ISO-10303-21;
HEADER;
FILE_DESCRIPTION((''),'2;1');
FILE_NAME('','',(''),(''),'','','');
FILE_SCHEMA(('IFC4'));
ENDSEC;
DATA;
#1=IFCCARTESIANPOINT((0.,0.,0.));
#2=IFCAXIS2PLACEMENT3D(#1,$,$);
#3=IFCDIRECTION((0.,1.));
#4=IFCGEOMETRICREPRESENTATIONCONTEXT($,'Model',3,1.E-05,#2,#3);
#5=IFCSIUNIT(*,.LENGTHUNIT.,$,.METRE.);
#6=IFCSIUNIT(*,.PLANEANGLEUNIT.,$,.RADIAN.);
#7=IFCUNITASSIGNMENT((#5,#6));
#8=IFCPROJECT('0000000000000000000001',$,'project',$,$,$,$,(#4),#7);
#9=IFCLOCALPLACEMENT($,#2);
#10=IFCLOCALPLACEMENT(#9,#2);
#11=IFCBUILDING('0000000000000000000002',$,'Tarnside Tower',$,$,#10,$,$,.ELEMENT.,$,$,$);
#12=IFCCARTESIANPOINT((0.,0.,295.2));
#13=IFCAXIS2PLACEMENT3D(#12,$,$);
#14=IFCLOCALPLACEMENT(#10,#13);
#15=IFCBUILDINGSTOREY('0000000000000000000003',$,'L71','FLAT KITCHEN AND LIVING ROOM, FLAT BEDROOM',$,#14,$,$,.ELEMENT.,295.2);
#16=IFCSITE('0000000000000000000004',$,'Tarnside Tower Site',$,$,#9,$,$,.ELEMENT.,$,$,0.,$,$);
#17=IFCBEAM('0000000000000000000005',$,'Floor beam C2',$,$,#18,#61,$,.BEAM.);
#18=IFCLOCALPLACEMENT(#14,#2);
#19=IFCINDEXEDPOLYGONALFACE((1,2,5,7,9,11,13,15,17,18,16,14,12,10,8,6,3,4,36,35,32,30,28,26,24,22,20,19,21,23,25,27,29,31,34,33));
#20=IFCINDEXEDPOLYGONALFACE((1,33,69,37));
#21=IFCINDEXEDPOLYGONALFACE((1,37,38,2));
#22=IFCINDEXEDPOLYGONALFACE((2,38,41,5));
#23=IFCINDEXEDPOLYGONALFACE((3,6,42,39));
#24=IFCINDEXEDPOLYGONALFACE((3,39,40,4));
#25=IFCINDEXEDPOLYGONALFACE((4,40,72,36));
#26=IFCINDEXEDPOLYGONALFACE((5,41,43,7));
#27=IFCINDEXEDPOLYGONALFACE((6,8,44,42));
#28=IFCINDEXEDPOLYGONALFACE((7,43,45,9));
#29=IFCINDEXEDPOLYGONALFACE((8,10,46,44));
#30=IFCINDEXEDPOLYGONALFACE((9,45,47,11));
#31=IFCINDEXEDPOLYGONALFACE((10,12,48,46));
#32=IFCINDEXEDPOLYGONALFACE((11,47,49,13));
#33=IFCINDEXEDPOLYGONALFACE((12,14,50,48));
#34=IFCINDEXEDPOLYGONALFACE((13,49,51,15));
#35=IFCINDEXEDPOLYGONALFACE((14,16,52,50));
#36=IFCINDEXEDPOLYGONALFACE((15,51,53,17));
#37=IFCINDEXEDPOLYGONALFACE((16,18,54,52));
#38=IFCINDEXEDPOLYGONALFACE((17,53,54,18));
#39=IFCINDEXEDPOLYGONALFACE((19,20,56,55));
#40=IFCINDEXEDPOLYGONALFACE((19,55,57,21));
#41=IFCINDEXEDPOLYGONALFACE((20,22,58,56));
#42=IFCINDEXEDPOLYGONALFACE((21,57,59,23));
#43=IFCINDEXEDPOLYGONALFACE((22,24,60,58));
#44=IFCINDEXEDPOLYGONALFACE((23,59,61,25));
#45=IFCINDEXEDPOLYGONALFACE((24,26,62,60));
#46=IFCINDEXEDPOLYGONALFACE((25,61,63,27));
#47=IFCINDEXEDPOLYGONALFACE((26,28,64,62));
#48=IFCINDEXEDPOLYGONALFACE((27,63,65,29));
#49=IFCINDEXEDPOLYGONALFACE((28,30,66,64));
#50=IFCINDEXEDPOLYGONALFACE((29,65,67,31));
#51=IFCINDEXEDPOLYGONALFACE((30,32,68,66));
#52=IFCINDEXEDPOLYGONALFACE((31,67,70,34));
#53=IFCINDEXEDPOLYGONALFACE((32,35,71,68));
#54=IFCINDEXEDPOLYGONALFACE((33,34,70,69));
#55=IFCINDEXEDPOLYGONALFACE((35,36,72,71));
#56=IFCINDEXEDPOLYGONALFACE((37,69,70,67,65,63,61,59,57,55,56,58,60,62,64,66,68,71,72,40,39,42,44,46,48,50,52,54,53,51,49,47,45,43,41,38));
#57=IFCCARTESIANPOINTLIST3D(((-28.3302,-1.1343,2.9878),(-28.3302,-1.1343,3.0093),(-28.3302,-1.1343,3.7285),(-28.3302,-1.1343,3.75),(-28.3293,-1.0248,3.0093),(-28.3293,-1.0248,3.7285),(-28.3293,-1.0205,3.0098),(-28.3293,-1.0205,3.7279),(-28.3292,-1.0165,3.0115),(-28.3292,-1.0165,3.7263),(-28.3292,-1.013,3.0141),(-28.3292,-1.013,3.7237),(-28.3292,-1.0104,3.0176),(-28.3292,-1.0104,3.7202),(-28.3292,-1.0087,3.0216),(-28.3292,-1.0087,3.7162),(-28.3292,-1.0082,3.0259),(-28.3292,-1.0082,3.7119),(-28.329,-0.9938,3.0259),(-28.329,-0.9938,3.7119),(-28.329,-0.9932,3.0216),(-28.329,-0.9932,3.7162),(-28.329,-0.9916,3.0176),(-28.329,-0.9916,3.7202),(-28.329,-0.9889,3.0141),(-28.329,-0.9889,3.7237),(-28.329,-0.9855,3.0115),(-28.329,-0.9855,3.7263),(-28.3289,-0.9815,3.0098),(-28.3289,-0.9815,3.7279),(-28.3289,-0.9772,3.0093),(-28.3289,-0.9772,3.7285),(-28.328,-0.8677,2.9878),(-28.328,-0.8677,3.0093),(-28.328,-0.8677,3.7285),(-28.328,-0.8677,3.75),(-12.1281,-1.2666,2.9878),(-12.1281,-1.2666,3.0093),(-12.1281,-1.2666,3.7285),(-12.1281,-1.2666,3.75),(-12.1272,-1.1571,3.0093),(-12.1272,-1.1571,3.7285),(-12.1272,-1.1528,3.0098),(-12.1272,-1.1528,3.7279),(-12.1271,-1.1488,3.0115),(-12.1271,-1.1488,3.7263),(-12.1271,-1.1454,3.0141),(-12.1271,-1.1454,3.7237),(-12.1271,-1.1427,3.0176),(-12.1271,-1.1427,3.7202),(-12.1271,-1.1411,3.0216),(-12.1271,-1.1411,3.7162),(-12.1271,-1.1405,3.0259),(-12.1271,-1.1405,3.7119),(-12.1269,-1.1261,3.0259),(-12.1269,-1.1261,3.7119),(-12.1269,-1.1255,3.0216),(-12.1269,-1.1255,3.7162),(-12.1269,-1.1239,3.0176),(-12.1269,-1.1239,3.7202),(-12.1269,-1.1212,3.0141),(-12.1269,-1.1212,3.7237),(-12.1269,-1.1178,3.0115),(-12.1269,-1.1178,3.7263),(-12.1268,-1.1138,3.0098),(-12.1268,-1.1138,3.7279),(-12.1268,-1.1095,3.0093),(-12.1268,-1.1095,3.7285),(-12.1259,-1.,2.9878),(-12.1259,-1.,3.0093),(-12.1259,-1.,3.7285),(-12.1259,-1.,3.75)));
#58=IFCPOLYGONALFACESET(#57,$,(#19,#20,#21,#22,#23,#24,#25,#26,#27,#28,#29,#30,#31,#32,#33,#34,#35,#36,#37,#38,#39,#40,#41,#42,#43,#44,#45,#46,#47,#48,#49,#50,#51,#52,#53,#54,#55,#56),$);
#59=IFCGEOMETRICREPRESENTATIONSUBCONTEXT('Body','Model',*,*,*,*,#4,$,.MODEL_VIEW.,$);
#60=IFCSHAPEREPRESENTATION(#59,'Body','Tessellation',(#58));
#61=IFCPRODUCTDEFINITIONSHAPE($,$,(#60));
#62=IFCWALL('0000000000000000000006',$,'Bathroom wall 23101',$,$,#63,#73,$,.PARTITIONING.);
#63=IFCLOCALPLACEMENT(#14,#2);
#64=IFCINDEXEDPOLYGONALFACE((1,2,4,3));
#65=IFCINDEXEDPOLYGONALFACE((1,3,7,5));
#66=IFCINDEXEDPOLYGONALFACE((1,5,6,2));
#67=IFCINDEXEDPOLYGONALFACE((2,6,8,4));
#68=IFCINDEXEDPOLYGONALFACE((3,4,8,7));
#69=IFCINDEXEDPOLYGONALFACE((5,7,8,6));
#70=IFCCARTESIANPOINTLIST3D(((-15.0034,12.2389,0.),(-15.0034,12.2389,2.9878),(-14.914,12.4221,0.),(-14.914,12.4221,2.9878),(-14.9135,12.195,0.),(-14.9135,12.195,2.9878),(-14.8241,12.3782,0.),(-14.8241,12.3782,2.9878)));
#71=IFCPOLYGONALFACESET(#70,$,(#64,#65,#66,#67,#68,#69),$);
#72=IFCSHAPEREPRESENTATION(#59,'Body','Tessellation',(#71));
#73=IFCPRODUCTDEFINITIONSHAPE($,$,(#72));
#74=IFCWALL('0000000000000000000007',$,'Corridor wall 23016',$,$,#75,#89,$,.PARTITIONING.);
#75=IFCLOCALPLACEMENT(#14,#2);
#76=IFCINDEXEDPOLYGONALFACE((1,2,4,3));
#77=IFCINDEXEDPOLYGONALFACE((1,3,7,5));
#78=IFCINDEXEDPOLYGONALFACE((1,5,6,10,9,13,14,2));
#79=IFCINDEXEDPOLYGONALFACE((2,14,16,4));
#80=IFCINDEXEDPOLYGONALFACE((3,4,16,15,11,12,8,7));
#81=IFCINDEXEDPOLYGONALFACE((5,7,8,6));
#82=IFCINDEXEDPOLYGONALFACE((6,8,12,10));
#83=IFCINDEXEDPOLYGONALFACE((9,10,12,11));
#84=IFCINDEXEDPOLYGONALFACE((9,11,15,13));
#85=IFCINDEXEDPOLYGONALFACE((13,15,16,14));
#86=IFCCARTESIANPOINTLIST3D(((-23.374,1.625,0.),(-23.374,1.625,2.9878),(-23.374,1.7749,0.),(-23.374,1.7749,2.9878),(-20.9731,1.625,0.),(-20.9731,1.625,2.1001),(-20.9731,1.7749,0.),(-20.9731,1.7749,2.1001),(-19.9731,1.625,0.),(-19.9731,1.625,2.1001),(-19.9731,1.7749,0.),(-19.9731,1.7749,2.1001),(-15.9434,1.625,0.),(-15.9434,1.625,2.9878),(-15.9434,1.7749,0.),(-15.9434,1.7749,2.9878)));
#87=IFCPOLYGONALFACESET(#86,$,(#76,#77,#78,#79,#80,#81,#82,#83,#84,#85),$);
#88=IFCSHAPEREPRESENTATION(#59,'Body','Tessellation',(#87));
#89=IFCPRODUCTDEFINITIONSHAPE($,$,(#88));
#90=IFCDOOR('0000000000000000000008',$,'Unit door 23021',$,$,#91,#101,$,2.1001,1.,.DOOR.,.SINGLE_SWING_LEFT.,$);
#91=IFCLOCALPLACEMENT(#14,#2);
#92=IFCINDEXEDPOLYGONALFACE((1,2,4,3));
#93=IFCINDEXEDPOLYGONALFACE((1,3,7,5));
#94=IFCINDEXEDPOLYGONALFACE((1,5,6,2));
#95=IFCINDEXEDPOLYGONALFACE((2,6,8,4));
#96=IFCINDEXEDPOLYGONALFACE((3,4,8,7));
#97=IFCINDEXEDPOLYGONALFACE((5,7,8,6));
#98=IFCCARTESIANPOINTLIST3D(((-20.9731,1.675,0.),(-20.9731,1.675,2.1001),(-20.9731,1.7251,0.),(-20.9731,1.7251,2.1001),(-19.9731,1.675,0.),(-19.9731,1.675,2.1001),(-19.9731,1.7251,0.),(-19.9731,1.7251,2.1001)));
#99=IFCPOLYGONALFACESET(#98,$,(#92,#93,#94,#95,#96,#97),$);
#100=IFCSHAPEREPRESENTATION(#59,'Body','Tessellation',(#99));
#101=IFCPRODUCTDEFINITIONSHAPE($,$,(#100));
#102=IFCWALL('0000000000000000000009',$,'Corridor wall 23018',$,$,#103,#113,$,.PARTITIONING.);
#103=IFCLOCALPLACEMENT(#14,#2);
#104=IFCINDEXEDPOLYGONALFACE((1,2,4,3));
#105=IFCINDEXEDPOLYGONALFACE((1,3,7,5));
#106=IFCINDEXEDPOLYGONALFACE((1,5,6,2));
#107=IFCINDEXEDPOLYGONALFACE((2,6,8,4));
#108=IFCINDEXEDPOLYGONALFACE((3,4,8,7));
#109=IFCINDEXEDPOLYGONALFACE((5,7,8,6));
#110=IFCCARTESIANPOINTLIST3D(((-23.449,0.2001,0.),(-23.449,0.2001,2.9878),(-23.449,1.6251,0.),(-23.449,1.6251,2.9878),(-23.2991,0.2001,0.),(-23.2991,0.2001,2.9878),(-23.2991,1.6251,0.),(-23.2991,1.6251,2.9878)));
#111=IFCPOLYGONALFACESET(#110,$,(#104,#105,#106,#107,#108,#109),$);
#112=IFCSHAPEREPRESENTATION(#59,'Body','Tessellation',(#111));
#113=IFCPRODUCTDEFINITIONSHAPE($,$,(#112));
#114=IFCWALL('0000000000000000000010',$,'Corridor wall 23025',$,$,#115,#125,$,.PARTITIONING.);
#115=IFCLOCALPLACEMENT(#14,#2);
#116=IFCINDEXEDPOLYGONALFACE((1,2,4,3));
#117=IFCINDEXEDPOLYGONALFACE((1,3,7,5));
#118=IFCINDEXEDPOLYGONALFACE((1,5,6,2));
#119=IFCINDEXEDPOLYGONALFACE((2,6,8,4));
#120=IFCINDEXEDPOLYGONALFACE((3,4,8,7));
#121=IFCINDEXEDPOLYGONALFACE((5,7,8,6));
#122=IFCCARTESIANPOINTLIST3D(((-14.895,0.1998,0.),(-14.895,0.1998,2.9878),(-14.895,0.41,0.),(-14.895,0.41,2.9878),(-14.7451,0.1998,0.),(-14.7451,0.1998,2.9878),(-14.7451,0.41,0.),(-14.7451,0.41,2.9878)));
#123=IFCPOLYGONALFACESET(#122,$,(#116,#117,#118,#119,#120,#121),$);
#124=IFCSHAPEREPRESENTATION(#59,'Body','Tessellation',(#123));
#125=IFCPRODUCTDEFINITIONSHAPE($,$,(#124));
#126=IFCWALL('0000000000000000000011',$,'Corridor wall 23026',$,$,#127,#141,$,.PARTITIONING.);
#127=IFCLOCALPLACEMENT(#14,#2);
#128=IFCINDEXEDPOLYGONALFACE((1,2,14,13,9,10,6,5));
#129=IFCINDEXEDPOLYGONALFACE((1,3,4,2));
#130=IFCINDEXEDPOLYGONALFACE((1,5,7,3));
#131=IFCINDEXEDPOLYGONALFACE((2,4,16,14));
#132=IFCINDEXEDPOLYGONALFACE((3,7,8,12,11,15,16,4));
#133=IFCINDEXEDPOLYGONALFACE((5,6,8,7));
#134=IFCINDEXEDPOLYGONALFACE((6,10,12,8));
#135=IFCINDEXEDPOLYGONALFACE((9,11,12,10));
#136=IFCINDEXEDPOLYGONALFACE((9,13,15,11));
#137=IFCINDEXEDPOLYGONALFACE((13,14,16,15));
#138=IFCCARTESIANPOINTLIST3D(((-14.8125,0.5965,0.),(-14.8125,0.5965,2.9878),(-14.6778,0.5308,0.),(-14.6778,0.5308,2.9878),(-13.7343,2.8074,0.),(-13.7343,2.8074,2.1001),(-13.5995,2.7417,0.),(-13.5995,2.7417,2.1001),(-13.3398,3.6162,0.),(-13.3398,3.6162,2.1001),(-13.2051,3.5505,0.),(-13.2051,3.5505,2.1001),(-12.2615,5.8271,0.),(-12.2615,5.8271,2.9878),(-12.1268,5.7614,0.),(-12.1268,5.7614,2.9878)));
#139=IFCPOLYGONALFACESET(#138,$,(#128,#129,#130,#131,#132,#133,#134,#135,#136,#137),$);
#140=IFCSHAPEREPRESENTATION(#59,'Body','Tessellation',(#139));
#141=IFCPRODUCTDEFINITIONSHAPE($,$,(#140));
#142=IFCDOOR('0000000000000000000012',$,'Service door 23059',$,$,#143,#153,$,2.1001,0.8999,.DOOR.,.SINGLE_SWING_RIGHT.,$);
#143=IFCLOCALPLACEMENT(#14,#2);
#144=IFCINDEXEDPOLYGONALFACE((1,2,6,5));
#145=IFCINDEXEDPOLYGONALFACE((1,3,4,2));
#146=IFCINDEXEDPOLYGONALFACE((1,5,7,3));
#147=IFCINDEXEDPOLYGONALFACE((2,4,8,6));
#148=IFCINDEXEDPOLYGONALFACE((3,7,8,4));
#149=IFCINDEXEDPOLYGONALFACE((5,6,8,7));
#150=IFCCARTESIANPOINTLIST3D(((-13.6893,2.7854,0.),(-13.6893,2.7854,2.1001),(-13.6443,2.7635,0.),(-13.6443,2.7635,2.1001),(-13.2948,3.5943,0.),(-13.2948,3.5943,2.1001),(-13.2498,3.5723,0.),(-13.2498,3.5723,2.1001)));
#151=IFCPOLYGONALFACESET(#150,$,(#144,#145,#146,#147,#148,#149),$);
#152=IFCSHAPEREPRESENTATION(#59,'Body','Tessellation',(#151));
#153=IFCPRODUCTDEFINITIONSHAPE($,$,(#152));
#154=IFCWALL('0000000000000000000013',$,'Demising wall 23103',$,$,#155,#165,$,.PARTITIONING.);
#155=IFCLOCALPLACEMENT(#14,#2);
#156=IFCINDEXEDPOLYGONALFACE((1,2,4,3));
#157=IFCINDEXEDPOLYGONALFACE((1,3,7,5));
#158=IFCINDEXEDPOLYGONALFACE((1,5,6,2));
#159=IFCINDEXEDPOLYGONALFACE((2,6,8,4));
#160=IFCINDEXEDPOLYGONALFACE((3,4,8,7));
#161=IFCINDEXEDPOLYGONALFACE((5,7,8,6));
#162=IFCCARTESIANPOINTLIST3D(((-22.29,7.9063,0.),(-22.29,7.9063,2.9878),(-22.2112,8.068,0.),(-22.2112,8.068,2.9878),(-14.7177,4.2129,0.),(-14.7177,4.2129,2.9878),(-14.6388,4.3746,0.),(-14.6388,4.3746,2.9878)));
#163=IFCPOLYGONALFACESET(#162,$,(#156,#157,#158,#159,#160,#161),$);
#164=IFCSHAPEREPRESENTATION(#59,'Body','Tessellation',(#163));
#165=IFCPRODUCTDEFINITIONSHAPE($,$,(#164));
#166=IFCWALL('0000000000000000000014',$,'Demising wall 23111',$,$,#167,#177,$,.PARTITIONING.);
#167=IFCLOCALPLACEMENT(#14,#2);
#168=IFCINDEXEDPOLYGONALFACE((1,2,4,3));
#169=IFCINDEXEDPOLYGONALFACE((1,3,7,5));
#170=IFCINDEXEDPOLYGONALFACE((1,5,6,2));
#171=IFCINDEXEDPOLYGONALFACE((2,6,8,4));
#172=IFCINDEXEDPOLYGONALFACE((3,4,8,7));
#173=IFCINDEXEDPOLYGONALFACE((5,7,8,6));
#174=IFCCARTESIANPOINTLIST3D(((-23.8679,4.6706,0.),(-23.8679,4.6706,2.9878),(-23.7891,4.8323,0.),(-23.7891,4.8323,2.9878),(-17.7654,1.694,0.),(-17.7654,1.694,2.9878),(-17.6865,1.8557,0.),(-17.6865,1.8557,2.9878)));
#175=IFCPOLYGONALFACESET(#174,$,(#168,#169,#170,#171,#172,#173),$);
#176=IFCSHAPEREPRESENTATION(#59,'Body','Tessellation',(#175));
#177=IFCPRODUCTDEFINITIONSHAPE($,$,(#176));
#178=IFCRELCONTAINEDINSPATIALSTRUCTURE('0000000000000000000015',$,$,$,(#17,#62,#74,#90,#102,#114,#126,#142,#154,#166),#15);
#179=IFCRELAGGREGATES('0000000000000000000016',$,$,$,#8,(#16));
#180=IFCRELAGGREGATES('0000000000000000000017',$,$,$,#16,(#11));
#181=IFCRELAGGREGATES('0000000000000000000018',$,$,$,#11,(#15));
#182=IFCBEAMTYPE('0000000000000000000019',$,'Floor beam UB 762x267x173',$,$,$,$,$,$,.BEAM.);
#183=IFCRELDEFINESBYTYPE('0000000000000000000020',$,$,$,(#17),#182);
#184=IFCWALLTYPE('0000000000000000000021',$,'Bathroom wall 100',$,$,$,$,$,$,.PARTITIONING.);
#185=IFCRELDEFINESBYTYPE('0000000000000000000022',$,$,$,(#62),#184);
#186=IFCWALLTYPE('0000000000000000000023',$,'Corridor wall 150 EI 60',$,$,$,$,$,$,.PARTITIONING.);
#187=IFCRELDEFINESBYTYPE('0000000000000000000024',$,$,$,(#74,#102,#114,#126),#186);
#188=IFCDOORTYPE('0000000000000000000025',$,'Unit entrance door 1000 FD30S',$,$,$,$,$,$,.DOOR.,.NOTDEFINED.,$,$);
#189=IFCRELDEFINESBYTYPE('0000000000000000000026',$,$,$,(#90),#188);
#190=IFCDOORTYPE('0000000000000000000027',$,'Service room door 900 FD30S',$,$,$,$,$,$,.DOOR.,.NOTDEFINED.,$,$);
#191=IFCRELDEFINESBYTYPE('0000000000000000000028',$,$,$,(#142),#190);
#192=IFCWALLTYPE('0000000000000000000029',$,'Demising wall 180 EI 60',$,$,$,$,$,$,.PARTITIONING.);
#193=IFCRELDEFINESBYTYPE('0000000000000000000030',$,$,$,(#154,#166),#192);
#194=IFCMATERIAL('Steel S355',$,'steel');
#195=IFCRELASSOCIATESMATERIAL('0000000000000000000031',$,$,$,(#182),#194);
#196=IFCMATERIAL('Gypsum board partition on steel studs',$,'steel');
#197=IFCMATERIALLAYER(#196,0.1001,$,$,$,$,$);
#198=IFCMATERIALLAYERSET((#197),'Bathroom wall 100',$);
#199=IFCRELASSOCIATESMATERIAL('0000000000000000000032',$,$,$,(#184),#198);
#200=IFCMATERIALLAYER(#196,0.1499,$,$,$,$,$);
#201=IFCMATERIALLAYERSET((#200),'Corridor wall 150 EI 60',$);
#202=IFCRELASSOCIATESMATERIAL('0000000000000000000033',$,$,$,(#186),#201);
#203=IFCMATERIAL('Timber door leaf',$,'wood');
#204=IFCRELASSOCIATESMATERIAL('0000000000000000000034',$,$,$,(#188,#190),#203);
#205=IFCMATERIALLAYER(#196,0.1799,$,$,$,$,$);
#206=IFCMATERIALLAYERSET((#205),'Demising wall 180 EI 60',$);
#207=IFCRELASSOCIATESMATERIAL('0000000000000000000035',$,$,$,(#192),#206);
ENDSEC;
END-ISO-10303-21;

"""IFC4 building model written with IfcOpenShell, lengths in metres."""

from ifc_helpers import new_model, si_unit, direction, frame, frame_2d, origin, origin_2d, place, context, subcontext, project, spatial, rectangle, i_section, extrude, material, layer, layer_set, material_profile, profile_set, type_object, element, fill, save


model = new_model("IFC4")

# Units and contexts
model_context = context("Model", 3, precision=1e-05, world=origin(), true_north=direction((0.0, 1.0)))
body_context = subcontext(model_context, "Body", "Model", "MODEL_VIEW")
ifc_project = project(units=[si_unit("LENGTHUNIT", "METRE"), si_unit("PLANEANGLEUNIT", "RADIAN")], contexts=[model_context])

# Site, building, storey
site_placement = place(None, origin())
site = spatial("IfcSite", under=ifc_project, at=site_placement, Name="Tarnside Tower Site", CompositionType="ELEMENT", RefElevation=0.0)
building_placement = place(site_placement, origin())
building = spatial("IfcBuilding", under=site, at=building_placement, Name="Tarnside Tower", CompositionType="ELEMENT")
storey_placement = place(building_placement, frame((0.0, 0.0, 295.2)))
storey = spatial("IfcBuildingStorey", under=building, at=storey_placement, Name="L71", Description="FLAT KITCHEN AND LIVING ROOM, FLAT BEDROOM", CompositionType="ELEMENT", Elevation=295.2)

# Beam
ifc_material_1 = material(Name="Steel S355", Category="steel")
ifc_material_profile_1 = material_profile(ifc_material_1, i_section(OverallWidth=0.2666, OverallDepth=0.7622, WebThickness=0.0144, FlangeThickness=0.0215, FilletRadius=0.0166, at=origin_2d()), Name="UB 762x267x173")
ifc_profile_set_1 = profile_set([ifc_material_profile_1], Name="Steel S355")
beam_type_1 = type_object("IfcBeamType", Name="Floor beam UB 762x267x173", PredefinedType="BEAM", material=ifc_profile_set_1)
beam_1_placement = place(storey_placement, frame((-28.3291, -1.001, 3.3689), z_axis=(0.999967, -0.008167, 0.0), x_axis=(0.008167, 0.999967, 0.0)))
element("IfcBeam", 1, at=beam_1_placement, inside=storey, type_object=beam_type_1, Name="Floor beam C2", PredefinedType="BEAM", context=body_context, shape_type="SweptSolid", body=[
    extrude(i_section(OverallWidth=0.2666, OverallDepth=0.7622, WebThickness=0.0144, FlangeThickness=0.0215, FilletRadius=0.0166, at=origin_2d()), origin(), (0.0, 0.0, 1.0), 16.2026),
])

# Wall
ifc_material_2 = material(Name="Gypsum board partition on steel studs", Category="steel")
ifc_layer_1 = layer(ifc_material_2, 0.1001)
ifc_layer_set_1 = layer_set([ifc_layer_1], Name="Bathroom wall 100")
wall_type_1 = type_object("IfcWallType", Name="Bathroom wall 100", PredefinedType="PARTITIONING", material=ifc_layer_set_1)
wall_1_placement = place(storey_placement, frame((-14.9585, 12.2168, 0.0), z_axis=(0.0, 0.0, 1.0), x_axis=(0.438565, 0.898699, 0.0)))
element("IfcWall", 2, at=wall_1_placement, inside=storey, type_object=wall_type_1, Name="Bathroom wall 23101", PredefinedType="PARTITIONING", context=body_context, shape_type="SweptSolid", body=[
    extrude(rectangle(XDim=0.2039, YDim=0.1001, at=frame_2d((0.1021, 0.0))), origin(), (0.0, 0.0, 1.0), 2.9878),
])

# Wall, opening, door
ifc_layer_2 = layer(ifc_material_2, 0.1499)
ifc_layer_set_2 = layer_set([ifc_layer_2], Name="Corridor wall 150 EI 60")
wall_type_2 = type_object("IfcWallType", Name="Corridor wall 150 EI 60", PredefinedType="PARTITIONING", material=ifc_layer_set_2)
wall_2_placement = place(storey_placement, frame((-15.9434, 1.7, 0.0), z_axis=(0.0, 0.0, 1.0), x_axis=(-1.0, 0.0, 0.0)))
wall_2 = element("IfcWall", 3, at=wall_2_placement, inside=storey, type_object=wall_type_2, Name="Corridor wall 23016", PredefinedType="PARTITIONING", context=body_context, shape_type="SweptSolid", body=[
    extrude(rectangle(XDim=7.4307, YDim=0.1499, at=frame_2d((3.7153, 0.0))), origin(), (0.0, 0.0, 1.0), 2.9878),
])
opening_1_placement = place(wall_2_placement, frame((4.0298, 0.0, 0.0)))
opening_1 = element("IfcOpeningElement", 4, at=opening_1_placement, cuts=wall_2, PredefinedType="OPENING", context=body_context, shape_type="SweptSolid", body=[
    extrude(rectangle(XDim=1.0, YDim=2.1001, at=frame_2d((0.5, 1.05))), frame((0.0, 0.085, 0.0), z_axis=(0.0, -1.0, 0.0), x_axis=(1.0, 0.0, 0.0)), (0.0, 0.0, 1.0), 0.1699),
])
ifc_material_3 = material(Name="Timber door leaf", Category="wood")
door_type_1 = type_object("IfcDoorType", Name="Unit entrance door 1000 FD30S", OperationType="NOTDEFINED", PredefinedType="DOOR", material=ifc_material_3)
door_1_placement = place(opening_1_placement, origin())
door_1 = element("IfcDoor", 5, at=door_1_placement, inside=storey, type_object=door_type_1, Name="Unit door 23021", OperationType="SINGLE_SWING_LEFT", OverallHeight=2.1001, OverallWidth=1.0, PredefinedType="DOOR", context=body_context, shape_type="SweptSolid", body=[
    extrude(rectangle(XDim=1.0, YDim=2.1001, at=frame_2d((0.5, 1.05))), frame((0.0, 0.0249, 0.0), z_axis=(0.0, -1.0, 0.0), x_axis=(1.0, 0.0, 0.0)), (0.0, 0.0, 1.0), 0.05),
])
fill(opening_1, door_1)

# Walls
wall_3_placement = place(storey_placement, frame((-23.374, 1.625, 0.0), z_axis=(0.0, 0.0, 1.0), x_axis=(0.0, -1.0, 0.0)))
element("IfcWall", 6, at=wall_3_placement, inside=storey, type_object=wall_type_2, Name="Corridor wall 23018", PredefinedType="PARTITIONING", context=body_context, shape_type="SweptSolid", body=[
    extrude(rectangle(XDim=1.425, YDim=0.1499, at=frame_2d((0.7124, 0.0))), origin(), (0.0, 0.0, 1.0), 2.9878),
])
wall_4_placement = place(storey_placement, frame((-14.8201, 0.2, 0.0), z_axis=(0.0, 0.0, 1.0), x_axis=(0.0, 1.0, 0.0)))
element("IfcWall", 7, at=wall_4_placement, inside=storey, type_object=wall_type_2, Name="Corridor wall 23025", PredefinedType="PARTITIONING", context=body_context, shape_type="SweptSolid", body=[
    extrude(rectangle(XDim=0.2102, YDim=0.1499, at=frame_2d((0.105, 0.0))), origin(), (0.0, 0.0, 1.0), 2.9878),
])

# Wall, opening, door
wall_5_placement = place(storey_placement, frame((-14.7451, 0.5637, 0.0), z_axis=(0.0, 0.0, 1.0), x_axis=(0.438348, 0.898805, 0.0)))
wall_5 = element("IfcWall", 8, at=wall_5_placement, inside=storey, type_object=wall_type_2, Name="Corridor wall 23026", PredefinedType="PARTITIONING", context=body_context, shape_type="SweptSolid", body=[
    extrude(rectangle(XDim=5.8196, YDim=0.1499, at=frame_2d((2.9097, 0.0))), origin(), (0.0, 0.0, 1.0), 2.9878),
])
opening_2_placement = place(wall_5_placement, frame((2.4597, 0.0, 0.0)))
opening_2 = element("IfcOpeningElement", 9, at=opening_2_placement, cuts=wall_5, PredefinedType="OPENING", context=body_context, shape_type="SweptSolid", body=[
    extrude(rectangle(XDim=0.8999, YDim=2.1001, at=frame_2d((0.45, 1.05))), frame((0.0, 0.085, 0.0), z_axis=(0.0, -1.0, 0.0), x_axis=(1.0, 0.0, 0.0)), (0.0, 0.0, 1.0), 0.1699),
])
door_type_2 = type_object("IfcDoorType", Name="Service room door 900 FD30S", OperationType="NOTDEFINED", PredefinedType="DOOR", material=ifc_material_3)
door_2_placement = place(opening_2_placement, origin())
door_2 = element("IfcDoor", 10, at=door_2_placement, inside=storey, type_object=door_type_2, Name="Service door 23059", OperationType="SINGLE_SWING_RIGHT", OverallHeight=2.1001, OverallWidth=0.8999, PredefinedType="DOOR", context=body_context, shape_type="SweptSolid", body=[
    extrude(rectangle(XDim=0.8999, YDim=2.1001, at=frame_2d((0.45, 1.05))), frame((0.0, 0.0249, 0.0), z_axis=(0.0, -1.0, 0.0), x_axis=(1.0, 0.0, 0.0)), (0.0, 0.0, 1.0), 0.05),
])
fill(opening_2, door_2)

# Walls
ifc_layer_3 = layer(ifc_material_2, 0.1799)
ifc_layer_set_3 = layer_set([ifc_layer_3], Name="Demising wall 180 EI 60")
wall_type_3 = type_object("IfcWallType", Name="Demising wall 180 EI 60", PredefinedType="PARTITIONING", material=ifc_layer_set_3)
wall_6_placement = place(storey_placement, frame((-22.2505, 7.9871, 0.0), z_axis=(0.0, 0.0, 1.0), x_axis=(0.898788, -0.438383, 0.0)))
element("IfcWall", 11, at=wall_6_placement, inside=storey, type_object=wall_type_3, Name="Demising wall 23103", PredefinedType="PARTITIONING", context=body_context, shape_type="SweptSolid", body=[
    extrude(rectangle(XDim=8.425, YDim=0.1799, at=frame_2d((4.2124, 0.0))), origin(), (0.0, 0.0, 1.0), 2.9878),
])
wall_7_placement = place(storey_placement, frame((-23.8286, 4.7515, 0.0), z_axis=(0.0, 0.0, 1.0), x_axis=(0.898785, -0.43839, 0.0)))
element("IfcWall", 12, at=wall_7_placement, inside=storey, type_object=wall_type_3, Name="Demising wall 23111", PredefinedType="PARTITIONING", context=body_context, shape_type="SweptSolid", body=[
    extrude(rectangle(XDim=6.7898, YDim=0.1799, at=frame_2d((3.395, 0.0))), origin(), (0.0, 0.0, 1.0), 2.9878),
])

save(model, "model.ifc")
